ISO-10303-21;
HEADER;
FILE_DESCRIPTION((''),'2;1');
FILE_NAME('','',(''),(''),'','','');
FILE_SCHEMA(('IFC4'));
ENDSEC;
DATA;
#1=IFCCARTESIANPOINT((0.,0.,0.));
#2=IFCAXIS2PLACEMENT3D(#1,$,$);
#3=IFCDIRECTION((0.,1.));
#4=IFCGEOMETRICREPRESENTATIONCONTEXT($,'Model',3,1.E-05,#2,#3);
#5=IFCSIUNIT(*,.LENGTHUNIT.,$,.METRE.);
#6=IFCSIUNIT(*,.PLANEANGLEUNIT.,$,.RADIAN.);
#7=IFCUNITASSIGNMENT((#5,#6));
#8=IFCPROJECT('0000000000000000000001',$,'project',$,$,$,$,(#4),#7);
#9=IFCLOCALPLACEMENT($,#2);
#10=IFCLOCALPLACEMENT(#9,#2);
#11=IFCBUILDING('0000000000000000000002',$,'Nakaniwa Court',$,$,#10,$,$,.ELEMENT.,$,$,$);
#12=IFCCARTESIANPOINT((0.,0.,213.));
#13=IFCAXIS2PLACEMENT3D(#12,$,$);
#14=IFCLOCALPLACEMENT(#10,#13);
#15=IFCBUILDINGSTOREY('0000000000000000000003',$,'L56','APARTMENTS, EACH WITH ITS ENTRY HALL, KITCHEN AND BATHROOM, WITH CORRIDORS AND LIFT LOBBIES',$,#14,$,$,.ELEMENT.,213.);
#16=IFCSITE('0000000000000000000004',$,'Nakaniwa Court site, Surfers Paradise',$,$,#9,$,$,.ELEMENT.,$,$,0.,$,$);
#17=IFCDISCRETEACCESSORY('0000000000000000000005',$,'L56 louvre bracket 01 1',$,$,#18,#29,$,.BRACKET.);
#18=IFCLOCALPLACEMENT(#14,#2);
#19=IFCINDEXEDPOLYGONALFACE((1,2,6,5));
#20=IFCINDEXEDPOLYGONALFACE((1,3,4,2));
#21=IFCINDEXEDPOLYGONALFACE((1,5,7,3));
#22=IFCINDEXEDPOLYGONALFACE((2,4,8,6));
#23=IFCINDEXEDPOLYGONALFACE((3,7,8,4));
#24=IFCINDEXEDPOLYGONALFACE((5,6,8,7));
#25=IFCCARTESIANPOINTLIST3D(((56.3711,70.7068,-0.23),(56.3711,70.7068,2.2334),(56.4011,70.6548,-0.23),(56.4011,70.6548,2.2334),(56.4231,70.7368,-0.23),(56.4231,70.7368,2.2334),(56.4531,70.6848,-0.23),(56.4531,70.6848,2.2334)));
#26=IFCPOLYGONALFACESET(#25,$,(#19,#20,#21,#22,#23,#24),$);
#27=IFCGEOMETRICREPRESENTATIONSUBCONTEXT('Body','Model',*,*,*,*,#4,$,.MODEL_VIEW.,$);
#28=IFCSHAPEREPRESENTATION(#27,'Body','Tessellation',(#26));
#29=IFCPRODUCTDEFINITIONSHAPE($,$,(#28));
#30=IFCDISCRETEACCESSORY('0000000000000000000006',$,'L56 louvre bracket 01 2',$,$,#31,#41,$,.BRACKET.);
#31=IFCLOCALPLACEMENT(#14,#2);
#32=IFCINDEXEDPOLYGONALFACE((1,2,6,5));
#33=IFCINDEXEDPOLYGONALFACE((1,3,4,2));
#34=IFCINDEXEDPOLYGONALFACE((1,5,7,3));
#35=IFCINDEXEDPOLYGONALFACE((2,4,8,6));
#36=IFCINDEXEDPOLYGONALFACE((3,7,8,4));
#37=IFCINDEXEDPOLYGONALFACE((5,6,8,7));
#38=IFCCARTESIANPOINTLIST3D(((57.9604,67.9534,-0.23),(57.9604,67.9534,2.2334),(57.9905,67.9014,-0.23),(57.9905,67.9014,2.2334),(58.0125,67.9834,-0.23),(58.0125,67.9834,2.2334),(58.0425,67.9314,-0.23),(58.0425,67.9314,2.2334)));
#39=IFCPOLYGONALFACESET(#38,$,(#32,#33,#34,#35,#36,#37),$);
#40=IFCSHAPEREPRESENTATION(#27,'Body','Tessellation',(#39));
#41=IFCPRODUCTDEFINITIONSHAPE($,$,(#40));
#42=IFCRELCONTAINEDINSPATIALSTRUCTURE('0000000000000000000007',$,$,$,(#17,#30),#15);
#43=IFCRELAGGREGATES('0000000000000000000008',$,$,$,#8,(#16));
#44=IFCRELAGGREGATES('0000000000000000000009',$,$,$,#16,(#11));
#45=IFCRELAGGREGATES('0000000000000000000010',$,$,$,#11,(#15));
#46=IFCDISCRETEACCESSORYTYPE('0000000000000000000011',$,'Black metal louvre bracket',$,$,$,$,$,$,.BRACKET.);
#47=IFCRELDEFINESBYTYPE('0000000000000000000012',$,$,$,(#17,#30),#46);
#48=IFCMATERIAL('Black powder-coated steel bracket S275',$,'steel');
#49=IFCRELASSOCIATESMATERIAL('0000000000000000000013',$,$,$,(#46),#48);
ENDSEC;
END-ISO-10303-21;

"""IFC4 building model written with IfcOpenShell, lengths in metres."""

from ifc_helpers import new_model, si_unit, direction, frame, origin, origin_2d, place, context, subcontext, project, spatial, rectangle, extrude, material, type_object, element, save


model = new_model("IFC4")

# Units and contexts
model_context = context("Model", 3, precision=1e-05, world=origin(), true_north=direction((0.0, 1.0)))
body_context = subcontext(model_context, "Body", "Model", "MODEL_VIEW")
ifc_project = project(units=[si_unit("LENGTHUNIT", "METRE"), si_unit("PLANEANGLEUNIT", "RADIAN")], contexts=[model_context])

# Site, building, storey
site_placement = place(None, origin())
site = spatial("IfcSite", under=ifc_project, at=site_placement, Name="Nakaniwa Court site, Surfers Paradise", CompositionType="ELEMENT", RefElevation=0.0)
building_placement = place(site_placement, origin())
building = spatial("IfcBuilding", under=site, at=building_placement, Name="Nakaniwa Court", CompositionType="ELEMENT")
storey_placement = place(building_placement, frame((0.0, 0.0, 213.0)))
storey = spatial("IfcBuildingStorey", under=building, at=storey_placement, Name="L56", Description="APARTMENTS, EACH WITH ITS ENTRY HALL, KITCHEN AND BATHROOM, WITH CORRIDORS AND LIFT LOBBIES", CompositionType="ELEMENT", Elevation=213.0)

# Discrete accessories
ifc_material_1 = material(Name="Black powder-coated steel bracket S275", Category="steel")
discrete_accessory_type = type_object("IfcDiscreteAccessoryType", Name="Black metal louvre bracket", PredefinedType="BRACKET", material=ifc_material_1)
for number, where, z_axis, x_axis, name in (
    (1, (56.4121, 70.6958, -0.23), (0.0, 0.0, 1.0), (0.499986, -0.866033, 0.0), "L56 louvre bracket 01 1"),
    (2, (58.0015, 67.9424, -0.23), (0.0, 0.0, 1.0), (0.499986, -0.866033, 0.0), "L56 louvre bracket 01 2"),
):
    element("IfcDiscreteAccessory", number, at=place(storey_placement, frame(where, z_axis=z_axis, x_axis=x_axis)), inside=storey, type_object=discrete_accessory_type, Name=name, PredefinedType="BRACKET", context=body_context, shape_type="SweptSolid", body=[
        extrude(rectangle(XDim=0.0601, YDim=0.0601, at=origin_2d()), origin(), (0.0, 0.0, 1.0), 2.4634),
    ])

save(model, "model.ifc")
